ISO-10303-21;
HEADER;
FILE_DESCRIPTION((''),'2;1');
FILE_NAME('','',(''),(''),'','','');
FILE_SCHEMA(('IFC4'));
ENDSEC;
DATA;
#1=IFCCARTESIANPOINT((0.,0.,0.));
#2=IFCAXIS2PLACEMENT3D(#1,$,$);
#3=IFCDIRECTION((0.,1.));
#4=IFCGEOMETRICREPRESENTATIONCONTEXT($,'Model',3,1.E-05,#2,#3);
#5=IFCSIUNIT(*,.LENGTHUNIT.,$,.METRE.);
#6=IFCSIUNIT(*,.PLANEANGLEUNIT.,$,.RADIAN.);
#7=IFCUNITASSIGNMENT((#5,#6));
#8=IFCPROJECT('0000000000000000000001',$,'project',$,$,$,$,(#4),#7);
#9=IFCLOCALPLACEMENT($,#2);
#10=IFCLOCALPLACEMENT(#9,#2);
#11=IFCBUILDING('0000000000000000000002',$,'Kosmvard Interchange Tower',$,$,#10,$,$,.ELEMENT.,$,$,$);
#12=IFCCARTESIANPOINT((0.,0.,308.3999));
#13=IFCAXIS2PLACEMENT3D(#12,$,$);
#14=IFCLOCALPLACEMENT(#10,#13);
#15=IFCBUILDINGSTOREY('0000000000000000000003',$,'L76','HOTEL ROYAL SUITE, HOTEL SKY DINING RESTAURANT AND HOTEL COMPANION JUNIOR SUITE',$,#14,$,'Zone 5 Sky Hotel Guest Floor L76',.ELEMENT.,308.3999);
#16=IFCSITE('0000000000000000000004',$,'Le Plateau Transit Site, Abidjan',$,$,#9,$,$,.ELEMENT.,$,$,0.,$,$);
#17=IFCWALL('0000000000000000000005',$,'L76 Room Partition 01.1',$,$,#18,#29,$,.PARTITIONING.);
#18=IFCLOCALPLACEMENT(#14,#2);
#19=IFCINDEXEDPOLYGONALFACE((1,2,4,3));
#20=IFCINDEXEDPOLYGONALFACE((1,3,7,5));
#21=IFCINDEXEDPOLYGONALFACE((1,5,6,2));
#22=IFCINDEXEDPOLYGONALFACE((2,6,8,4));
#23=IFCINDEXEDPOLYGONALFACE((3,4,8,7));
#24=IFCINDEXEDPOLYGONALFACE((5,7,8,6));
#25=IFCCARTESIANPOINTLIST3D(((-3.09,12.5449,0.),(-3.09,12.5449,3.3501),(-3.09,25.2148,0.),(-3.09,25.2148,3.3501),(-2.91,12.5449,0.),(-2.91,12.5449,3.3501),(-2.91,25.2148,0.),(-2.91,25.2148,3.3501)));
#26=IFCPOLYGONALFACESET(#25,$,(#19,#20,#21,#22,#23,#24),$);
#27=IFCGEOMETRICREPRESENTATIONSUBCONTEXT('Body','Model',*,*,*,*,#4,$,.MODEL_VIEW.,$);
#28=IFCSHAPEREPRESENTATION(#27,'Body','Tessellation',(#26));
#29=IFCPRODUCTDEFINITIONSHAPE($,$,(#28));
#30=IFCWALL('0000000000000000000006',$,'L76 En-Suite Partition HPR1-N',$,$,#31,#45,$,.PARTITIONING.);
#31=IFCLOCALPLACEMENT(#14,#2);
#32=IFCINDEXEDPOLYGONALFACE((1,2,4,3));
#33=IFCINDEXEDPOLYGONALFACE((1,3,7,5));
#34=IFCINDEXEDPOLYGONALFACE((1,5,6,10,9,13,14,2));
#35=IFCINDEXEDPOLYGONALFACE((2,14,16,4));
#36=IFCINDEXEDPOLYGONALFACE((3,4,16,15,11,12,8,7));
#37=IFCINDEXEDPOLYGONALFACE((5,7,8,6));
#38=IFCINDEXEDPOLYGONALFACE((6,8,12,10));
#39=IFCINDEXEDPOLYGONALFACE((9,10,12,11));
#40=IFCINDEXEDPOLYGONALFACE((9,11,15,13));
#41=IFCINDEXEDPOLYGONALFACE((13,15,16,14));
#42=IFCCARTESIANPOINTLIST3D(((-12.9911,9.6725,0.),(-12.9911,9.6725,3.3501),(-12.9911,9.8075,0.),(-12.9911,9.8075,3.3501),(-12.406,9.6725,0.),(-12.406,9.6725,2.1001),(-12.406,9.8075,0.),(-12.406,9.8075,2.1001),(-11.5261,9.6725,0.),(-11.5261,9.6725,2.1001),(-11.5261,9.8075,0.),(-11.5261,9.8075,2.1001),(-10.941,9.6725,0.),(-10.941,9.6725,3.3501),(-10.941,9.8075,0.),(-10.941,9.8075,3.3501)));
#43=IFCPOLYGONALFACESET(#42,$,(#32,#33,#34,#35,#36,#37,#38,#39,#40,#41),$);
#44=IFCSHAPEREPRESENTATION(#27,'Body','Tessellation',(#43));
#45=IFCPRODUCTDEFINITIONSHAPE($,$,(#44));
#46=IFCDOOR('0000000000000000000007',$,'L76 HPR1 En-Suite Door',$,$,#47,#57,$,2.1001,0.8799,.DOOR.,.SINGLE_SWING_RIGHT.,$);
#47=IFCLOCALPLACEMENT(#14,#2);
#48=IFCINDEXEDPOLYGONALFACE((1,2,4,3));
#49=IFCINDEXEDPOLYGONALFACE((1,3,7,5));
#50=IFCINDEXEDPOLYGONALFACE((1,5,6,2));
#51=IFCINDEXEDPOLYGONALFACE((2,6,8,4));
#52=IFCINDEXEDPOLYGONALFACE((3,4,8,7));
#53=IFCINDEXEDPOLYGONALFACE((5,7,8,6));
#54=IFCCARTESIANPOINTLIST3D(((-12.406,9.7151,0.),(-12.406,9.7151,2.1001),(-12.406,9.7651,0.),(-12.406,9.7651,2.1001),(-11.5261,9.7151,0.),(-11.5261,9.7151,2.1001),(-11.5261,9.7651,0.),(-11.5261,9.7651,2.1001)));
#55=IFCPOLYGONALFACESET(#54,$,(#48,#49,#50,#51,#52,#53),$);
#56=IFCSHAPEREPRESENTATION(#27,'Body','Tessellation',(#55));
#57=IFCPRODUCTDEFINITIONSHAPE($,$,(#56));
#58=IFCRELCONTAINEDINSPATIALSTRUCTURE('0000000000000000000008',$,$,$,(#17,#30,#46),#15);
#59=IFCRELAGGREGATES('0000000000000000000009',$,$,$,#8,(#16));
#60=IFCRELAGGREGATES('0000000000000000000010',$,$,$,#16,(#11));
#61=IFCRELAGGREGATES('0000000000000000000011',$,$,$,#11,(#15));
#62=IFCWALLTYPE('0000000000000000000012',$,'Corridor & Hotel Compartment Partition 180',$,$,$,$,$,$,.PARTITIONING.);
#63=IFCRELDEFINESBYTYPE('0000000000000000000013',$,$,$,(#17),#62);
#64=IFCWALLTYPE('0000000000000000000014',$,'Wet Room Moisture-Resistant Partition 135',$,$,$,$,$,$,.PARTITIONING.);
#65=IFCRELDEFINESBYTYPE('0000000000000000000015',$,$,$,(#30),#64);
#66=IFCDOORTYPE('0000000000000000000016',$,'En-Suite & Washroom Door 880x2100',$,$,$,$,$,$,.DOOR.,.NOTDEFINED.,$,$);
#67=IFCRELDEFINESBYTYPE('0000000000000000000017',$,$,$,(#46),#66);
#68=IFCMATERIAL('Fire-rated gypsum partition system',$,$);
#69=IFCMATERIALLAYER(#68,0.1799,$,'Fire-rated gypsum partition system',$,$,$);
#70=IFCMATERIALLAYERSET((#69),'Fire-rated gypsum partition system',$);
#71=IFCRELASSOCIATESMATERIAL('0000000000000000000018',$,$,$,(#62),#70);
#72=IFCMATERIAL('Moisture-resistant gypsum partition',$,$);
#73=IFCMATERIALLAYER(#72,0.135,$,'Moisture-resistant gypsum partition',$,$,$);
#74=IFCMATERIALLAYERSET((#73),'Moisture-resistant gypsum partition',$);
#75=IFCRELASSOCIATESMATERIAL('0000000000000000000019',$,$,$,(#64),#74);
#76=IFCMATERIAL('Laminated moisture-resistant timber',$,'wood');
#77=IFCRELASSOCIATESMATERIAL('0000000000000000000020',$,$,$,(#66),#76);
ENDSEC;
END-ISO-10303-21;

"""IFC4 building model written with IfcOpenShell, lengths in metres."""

from ifc_helpers import new_model, si_unit, direction, frame, frame_2d, origin, place, context, subcontext, project, spatial, rectangle, extrude, source, transform, mapped, material, layer, layer_set, type_object, element, fill, save


model = new_model("IFC4")

# Units and contexts
model_context = context("Model", 3, precision=1e-05, world=origin(), true_north=direction((0.0, 1.0)))
body_context = subcontext(model_context, "Body", "Model", "MODEL_VIEW")
ifc_project = project(units=[si_unit("LENGTHUNIT", "METRE"), si_unit("PLANEANGLEUNIT", "RADIAN")], contexts=[model_context])

# Site, building, storey
site_placement = place(None, origin())
site = spatial("IfcSite", under=ifc_project, at=site_placement, Name="Le Plateau Transit Site, Abidjan", CompositionType="ELEMENT", RefElevation=0.0)
building_placement = place(site_placement, origin())
building = spatial("IfcBuilding", under=site, at=building_placement, Name="Kosmvard Interchange Tower", CompositionType="ELEMENT")
storey_placement = place(building_placement, frame((0.0, 0.0, 308.3999)))
storey = spatial("IfcBuildingStorey", under=building, at=storey_placement, Name="L76", Description="HOTEL ROYAL SUITE, HOTEL SKY DINING RESTAURANT AND HOTEL COMPANION JUNIOR SUITE", LongName="Zone 5 Sky Hotel Guest Floor L76", CompositionType="ELEMENT", Elevation=308.3999)

# Shared definitions
ifc_material_1 = material(Name="Fire-rated gypsum partition system")
ifc_layer_1 = layer(ifc_material_1, 0.1799, Name="Fire-rated gypsum partition system")
ifc_layer_set_1 = layer_set([ifc_layer_1], Name="Fire-rated gypsum partition system")
wall_type_1 = type_object("IfcWallType", Name="Corridor & Hotel Compartment Partition 180", PredefinedType="PARTITIONING", material=ifc_layer_set_1)
ifc_material_2 = material(Name="Laminated moisture-resistant timber", Category="wood")

# Wall
wall_1_placement = place(storey_placement, frame((-3.0, 12.5449, 0.0), z_axis=(0.0, 0.0, 1.0), x_axis=(0.0, 1.0, 0.0)))
element("IfcWall", 1, at=wall_1_placement, inside=storey, type_object=wall_type_1, Name="L76 Room Partition 01.1", PredefinedType="PARTITIONING", context=body_context, shape_type="SweptSolid", body=[
    extrude(rectangle(XDim=12.6699, YDim=0.1799, at=frame_2d((6.335, 0.0))), origin(), (0.0, 0.0, 1.0), 3.3501),
])

# Wall, opening, door
ifc_material_3 = material(Name="Moisture-resistant gypsum partition")
ifc_layer_2 = layer(ifc_material_3, 0.135, Name="Moisture-resistant gypsum partition")
ifc_layer_set_2 = layer_set([ifc_layer_2], Name="Moisture-resistant gypsum partition")
wall_type_2 = type_object("IfcWallType", Name="Wet Room Moisture-Resistant Partition 135", PredefinedType="PARTITIONING", material=ifc_layer_set_2)
wall_2_placement = place(storey_placement, frame((-12.991, 9.74, 0.0), z_axis=(0.0, 0.0, 1.0), x_axis=(1.0, 0.0, 0.0)))
wall_2 = element("IfcWall", 2, at=wall_2_placement, inside=storey, type_object=wall_type_2, Name="L76 En-Suite Partition HPR1-N", PredefinedType="PARTITIONING", context=body_context, shape_type="SweptSolid", body=[
    extrude(rectangle(XDim=2.05, YDim=0.135, at=frame_2d((1.0249, 0.0))), origin(), (0.0, 0.0, 1.0), 3.3501),
])
opening_1_placement = place(wall_2_placement, frame((0.585, 0.0, 0.0)))
opening_1 = element("IfcOpeningElement", 3, at=opening_1_placement, cuts=wall_2, PredefinedType="OPENING", context=body_context, shape_type="SweptSolid", body=[
    extrude(rectangle(XDim=0.8799, YDim=2.1001, at=frame_2d((0.4399, 1.05))), frame((0.0, 0.0776, 0.0), z_axis=(0.0, -1.0, 0.0), x_axis=(1.0, 0.0, 0.0)), (0.0, 0.0, 1.0), 0.155),
])
door_type_1 = type_object("IfcDoorType", Name="En-Suite & Washroom Door 880x2100", OperationType="NOTDEFINED", PredefinedType="DOOR", material=ifc_material_2)
shared_shape_1 = source(origin(), body_context, "Body", "SweptSolid", [
    extrude(rectangle(XDim=0.8799, YDim=2.1001, at=frame_2d((0.4399, 1.05))), frame((0.0, 0.0249, 0.0), z_axis=(0.0, -1.0, 0.0), x_axis=(1.0, 0.0, 0.0)), (0.0, 0.0, 1.0), 0.05),
])
door_1_placement = place(opening_1_placement, frame((0.8799, 0.0, 0.0), z_axis=(0.0, 0.0, 1.0), x_axis=(-1.0, 0.0, 0.0)))
door_1 = element("IfcDoor", 4, at=door_1_placement, inside=storey, type_object=door_type_1, Name="L76 HPR1 En-Suite Door", OperationType="SINGLE_SWING_RIGHT", OverallHeight=2.1001, OverallWidth=0.8799, PredefinedType="DOOR", context=body_context, shape_type="MappedRepresentation", body=[
    mapped(shared_shape_1, transform((0.0, 0.0, 0.0), scale=1.0)),
])
fill(opening_1, door_1)

save(model, "model.ifc")
